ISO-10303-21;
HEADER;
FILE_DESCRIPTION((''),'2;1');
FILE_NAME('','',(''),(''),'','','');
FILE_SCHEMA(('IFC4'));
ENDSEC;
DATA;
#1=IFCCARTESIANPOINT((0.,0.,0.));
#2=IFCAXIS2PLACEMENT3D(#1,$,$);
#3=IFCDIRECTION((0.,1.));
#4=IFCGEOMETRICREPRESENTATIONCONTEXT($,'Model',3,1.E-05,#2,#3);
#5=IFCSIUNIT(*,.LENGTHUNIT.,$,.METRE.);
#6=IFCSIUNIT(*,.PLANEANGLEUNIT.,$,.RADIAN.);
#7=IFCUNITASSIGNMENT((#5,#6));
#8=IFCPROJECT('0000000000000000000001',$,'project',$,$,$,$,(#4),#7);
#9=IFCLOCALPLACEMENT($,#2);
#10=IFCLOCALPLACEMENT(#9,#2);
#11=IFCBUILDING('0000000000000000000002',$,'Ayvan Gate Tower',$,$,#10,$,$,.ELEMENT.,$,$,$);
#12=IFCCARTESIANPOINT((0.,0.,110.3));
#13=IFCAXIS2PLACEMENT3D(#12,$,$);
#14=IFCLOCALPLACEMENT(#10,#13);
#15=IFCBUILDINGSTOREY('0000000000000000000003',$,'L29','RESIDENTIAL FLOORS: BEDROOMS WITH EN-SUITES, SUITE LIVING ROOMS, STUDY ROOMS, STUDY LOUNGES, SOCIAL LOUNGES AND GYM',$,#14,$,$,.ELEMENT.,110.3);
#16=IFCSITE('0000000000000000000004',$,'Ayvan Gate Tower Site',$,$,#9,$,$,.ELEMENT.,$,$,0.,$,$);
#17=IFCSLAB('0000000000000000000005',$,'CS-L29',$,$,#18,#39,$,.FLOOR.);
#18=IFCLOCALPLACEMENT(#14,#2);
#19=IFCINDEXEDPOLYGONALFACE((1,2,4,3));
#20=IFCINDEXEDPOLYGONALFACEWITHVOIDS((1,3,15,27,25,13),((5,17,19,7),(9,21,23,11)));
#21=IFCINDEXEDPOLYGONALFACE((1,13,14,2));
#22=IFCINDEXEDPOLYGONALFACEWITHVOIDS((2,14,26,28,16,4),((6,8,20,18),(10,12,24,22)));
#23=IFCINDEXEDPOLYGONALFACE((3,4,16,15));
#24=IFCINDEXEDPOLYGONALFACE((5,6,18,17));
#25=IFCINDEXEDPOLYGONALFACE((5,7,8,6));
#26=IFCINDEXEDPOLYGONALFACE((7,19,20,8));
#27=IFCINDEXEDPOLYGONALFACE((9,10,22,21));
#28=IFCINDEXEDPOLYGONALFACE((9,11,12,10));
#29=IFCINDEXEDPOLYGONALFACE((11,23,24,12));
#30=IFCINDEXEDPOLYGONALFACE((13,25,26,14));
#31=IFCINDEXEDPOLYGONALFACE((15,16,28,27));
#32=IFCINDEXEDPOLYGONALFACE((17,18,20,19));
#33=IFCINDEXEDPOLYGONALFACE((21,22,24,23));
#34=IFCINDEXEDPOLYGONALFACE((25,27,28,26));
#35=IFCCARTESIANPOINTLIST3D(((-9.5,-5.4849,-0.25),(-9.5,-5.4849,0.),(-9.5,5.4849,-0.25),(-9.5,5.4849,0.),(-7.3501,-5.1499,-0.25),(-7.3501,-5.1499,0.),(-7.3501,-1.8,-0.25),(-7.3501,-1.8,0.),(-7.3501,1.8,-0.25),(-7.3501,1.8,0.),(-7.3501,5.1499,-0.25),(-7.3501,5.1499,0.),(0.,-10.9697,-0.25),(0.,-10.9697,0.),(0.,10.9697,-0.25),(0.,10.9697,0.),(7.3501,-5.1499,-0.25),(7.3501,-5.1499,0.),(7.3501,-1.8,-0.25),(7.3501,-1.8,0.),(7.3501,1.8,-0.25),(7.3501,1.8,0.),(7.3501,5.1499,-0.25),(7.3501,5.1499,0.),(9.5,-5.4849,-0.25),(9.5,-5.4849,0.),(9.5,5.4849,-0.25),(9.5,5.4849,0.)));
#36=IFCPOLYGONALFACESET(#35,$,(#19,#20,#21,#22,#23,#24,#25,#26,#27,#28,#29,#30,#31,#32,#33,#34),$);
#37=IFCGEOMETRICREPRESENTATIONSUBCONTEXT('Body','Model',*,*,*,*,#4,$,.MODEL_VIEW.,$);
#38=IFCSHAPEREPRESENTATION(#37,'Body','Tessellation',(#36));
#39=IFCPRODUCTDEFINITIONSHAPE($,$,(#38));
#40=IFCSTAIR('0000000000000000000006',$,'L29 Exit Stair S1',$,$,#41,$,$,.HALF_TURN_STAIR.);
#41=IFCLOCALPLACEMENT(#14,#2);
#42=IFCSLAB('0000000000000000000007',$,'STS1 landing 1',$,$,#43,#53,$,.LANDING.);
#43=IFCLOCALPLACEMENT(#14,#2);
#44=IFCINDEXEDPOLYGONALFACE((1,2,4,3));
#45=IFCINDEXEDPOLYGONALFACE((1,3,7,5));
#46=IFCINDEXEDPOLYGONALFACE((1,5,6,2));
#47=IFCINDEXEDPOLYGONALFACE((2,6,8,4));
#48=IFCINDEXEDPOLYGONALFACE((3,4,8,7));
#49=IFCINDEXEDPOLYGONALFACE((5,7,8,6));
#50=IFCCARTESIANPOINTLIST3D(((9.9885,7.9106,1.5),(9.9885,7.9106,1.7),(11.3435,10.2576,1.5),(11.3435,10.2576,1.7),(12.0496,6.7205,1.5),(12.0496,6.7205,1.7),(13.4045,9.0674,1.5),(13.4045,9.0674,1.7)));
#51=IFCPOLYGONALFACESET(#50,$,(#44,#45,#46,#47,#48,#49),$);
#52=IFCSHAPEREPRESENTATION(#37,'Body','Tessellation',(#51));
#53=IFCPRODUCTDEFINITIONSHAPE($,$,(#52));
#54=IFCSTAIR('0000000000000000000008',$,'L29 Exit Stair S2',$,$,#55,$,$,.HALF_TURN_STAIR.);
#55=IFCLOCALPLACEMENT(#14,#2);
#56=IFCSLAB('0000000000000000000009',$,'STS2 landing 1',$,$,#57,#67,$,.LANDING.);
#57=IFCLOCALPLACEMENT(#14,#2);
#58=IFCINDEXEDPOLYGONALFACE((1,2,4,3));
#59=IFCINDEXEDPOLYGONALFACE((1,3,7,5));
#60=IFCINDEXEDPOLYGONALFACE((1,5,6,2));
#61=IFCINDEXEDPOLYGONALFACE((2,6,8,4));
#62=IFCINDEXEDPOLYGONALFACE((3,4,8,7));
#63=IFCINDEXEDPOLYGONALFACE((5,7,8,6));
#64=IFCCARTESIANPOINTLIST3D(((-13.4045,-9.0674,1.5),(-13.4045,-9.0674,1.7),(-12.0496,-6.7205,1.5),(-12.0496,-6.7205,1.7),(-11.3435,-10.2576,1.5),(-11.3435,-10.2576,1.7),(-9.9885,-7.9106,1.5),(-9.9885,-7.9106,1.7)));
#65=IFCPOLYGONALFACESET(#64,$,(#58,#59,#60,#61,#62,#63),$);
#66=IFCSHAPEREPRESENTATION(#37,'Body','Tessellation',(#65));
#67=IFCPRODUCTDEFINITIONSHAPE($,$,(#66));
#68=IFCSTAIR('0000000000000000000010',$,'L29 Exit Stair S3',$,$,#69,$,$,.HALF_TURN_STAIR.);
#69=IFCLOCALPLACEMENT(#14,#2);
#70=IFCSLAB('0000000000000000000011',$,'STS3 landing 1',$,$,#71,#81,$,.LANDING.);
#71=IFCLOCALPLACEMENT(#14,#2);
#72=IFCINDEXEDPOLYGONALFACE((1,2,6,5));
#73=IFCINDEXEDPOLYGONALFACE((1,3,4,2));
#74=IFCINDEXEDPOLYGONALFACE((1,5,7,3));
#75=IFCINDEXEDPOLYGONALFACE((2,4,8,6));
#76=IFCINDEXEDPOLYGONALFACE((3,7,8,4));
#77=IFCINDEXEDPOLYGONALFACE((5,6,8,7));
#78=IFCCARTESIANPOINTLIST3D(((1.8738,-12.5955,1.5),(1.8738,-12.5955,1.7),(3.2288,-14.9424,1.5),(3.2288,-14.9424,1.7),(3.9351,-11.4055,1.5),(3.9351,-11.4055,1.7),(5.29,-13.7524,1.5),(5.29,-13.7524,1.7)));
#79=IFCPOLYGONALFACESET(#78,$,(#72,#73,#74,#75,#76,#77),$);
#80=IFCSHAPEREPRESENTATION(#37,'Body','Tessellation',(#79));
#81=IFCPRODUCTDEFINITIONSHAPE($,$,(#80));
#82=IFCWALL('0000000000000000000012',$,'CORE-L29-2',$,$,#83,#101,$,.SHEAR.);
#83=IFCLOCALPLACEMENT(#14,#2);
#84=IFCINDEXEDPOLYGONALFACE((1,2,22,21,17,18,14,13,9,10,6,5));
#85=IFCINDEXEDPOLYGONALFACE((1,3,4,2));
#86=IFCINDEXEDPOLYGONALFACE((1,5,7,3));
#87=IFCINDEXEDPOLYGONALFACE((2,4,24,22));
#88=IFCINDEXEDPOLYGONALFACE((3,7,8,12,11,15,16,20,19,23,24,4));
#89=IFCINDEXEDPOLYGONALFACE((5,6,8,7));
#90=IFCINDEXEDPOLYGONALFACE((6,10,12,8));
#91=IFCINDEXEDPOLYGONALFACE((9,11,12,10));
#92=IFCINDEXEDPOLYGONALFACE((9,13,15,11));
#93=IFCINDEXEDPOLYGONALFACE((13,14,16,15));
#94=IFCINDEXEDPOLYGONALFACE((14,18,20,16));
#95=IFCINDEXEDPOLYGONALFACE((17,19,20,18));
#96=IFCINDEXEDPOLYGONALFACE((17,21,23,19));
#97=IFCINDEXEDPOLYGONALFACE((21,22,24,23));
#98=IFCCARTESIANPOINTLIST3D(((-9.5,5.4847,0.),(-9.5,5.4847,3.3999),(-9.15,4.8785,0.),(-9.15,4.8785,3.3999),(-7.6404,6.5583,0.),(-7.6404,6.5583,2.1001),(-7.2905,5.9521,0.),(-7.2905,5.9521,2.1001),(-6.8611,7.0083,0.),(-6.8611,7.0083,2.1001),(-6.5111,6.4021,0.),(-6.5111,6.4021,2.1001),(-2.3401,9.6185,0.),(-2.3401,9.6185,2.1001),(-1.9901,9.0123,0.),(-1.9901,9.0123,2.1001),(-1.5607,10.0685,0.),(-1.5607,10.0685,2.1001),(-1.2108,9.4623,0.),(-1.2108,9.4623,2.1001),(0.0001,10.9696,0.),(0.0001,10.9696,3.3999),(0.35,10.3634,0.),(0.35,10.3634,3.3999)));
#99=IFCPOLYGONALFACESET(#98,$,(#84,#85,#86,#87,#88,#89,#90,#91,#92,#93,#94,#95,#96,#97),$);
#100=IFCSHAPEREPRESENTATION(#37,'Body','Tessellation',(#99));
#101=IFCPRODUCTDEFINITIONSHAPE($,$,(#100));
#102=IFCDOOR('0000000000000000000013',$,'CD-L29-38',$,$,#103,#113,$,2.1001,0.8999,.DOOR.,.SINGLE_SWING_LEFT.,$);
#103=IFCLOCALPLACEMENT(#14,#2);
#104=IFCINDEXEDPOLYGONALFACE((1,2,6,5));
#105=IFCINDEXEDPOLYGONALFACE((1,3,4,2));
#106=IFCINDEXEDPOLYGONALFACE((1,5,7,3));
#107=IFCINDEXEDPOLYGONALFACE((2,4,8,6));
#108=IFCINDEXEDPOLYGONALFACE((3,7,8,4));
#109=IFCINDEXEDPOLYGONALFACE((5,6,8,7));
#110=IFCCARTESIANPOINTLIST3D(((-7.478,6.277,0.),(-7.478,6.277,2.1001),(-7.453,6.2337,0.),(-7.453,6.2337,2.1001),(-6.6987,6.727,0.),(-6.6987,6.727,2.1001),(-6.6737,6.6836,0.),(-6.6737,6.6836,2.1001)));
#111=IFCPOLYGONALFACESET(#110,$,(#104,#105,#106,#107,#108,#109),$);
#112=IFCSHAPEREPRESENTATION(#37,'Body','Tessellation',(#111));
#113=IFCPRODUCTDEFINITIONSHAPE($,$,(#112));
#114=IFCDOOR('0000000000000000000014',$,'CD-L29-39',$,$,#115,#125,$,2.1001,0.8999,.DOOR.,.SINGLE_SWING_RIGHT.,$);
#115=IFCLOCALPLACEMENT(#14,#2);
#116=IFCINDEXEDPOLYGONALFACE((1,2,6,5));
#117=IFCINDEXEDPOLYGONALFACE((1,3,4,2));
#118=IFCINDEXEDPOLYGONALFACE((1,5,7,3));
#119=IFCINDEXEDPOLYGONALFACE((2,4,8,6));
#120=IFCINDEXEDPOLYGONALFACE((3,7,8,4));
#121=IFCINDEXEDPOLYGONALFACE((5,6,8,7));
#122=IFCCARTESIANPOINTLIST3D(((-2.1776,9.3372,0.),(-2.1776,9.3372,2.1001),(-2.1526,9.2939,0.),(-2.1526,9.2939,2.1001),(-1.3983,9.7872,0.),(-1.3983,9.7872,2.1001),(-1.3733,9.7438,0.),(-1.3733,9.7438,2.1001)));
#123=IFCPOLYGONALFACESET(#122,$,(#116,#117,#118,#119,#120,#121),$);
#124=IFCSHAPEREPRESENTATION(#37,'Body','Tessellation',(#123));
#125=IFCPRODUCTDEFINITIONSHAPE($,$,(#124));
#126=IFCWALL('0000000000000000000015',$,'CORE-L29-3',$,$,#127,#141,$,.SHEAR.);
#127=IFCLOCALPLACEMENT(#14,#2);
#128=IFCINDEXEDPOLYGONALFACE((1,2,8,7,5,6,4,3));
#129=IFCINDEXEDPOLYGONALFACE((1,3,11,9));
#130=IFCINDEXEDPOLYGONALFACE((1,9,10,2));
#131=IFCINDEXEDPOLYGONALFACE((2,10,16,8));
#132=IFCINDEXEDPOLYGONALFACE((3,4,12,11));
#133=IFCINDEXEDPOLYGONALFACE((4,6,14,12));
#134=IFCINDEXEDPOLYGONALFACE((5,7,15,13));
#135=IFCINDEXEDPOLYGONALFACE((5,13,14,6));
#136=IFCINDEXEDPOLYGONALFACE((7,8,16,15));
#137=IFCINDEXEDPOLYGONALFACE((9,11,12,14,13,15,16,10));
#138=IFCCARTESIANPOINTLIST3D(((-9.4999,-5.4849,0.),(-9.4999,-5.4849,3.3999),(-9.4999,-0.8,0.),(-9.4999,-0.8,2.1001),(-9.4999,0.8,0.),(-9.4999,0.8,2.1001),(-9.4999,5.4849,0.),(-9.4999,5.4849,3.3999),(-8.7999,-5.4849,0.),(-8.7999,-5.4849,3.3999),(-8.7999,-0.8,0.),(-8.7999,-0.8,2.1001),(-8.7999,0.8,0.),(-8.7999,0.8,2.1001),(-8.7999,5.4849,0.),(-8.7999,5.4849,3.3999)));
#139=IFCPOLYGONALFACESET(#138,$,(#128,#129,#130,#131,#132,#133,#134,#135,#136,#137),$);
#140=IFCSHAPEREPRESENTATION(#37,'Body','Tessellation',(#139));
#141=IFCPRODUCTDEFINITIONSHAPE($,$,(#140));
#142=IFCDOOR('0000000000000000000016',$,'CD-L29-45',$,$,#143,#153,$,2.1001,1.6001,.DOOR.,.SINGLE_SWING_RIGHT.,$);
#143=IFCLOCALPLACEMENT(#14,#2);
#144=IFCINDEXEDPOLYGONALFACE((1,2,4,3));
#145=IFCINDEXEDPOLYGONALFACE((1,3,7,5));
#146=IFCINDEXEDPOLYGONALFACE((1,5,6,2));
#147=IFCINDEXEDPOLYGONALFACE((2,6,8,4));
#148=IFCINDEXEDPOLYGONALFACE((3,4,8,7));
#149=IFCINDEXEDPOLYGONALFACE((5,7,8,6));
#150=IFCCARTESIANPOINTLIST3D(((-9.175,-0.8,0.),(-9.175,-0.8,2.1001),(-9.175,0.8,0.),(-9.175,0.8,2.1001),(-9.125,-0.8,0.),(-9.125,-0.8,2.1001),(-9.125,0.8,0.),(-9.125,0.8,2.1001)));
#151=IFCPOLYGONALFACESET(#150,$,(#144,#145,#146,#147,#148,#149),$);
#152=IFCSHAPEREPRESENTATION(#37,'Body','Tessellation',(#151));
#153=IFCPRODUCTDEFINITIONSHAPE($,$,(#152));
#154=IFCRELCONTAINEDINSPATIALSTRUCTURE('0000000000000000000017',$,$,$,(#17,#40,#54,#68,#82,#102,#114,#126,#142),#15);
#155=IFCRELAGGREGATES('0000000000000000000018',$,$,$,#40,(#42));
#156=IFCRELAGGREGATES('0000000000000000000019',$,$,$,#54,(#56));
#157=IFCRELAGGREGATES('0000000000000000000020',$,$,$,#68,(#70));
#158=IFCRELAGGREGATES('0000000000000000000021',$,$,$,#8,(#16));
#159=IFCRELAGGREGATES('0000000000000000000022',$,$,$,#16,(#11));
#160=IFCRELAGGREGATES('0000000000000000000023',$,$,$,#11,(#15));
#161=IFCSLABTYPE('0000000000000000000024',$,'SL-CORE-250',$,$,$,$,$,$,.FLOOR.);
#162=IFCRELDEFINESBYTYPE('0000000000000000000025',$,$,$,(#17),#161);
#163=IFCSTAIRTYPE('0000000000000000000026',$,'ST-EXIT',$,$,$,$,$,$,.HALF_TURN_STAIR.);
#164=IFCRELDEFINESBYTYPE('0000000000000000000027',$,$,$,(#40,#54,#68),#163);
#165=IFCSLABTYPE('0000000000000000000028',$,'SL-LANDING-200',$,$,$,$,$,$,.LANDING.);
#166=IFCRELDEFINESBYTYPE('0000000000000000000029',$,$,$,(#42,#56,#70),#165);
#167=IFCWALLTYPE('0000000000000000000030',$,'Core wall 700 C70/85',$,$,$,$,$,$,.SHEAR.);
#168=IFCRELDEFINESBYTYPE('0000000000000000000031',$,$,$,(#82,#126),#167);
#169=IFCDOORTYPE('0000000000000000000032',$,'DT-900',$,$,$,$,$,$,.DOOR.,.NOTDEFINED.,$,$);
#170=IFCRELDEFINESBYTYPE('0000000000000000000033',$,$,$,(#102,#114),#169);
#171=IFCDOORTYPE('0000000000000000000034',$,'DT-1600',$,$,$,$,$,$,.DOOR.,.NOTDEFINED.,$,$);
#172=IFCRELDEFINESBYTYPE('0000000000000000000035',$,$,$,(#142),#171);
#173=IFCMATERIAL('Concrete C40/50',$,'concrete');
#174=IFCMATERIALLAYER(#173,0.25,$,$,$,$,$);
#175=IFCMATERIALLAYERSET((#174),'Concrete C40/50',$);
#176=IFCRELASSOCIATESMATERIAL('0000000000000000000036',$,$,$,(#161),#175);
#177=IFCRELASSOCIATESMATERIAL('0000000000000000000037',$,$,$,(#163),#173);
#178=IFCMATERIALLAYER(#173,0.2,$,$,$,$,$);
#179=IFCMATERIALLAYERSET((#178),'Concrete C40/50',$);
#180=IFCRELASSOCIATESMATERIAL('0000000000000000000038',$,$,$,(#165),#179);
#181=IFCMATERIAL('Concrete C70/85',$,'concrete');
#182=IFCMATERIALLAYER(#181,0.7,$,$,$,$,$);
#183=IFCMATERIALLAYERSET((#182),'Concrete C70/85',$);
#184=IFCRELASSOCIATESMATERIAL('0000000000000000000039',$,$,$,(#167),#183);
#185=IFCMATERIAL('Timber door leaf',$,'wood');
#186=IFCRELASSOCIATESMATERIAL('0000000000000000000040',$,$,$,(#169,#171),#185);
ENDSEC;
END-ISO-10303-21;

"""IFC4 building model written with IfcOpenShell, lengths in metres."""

from ifc_helpers import new_model, si_unit, direction, frame, frame_2d, origin, place, context, subcontext, project, spatial, polyline, rectangle, outline, extrude, material, layer, layer_set, type_object, element, fill, aggregate, save


model = new_model("IFC4")

# Units and contexts
model_context = context("Model", 3, precision=1e-05, world=origin(), true_north=direction((0.0, 1.0)))
body_context = subcontext(model_context, "Body", "Model", "MODEL_VIEW")
ifc_project = project(units=[si_unit("LENGTHUNIT", "METRE"), si_unit("PLANEANGLEUNIT", "RADIAN")], contexts=[model_context])

# Site, building, storey
site_placement = place(None, origin())
site = spatial("IfcSite", under=ifc_project, at=site_placement, Name="Ayvan Gate Tower Site", CompositionType="ELEMENT", RefElevation=0.0)
building_placement = place(site_placement, origin())
building = spatial("IfcBuilding", under=site, at=building_placement, Name="Ayvan Gate Tower", CompositionType="ELEMENT")
storey_placement = place(building_placement, frame((0.0, 0.0, 110.3)))
storey = spatial("IfcBuildingStorey", under=building, at=storey_placement, Name="L29", Description="RESIDENTIAL FLOORS: BEDROOMS WITH EN-SUITES, SUITE LIVING ROOMS, STUDY ROOMS, STUDY LOUNGES, SOCIAL LOUNGES AND GYM", CompositionType="ELEMENT", Elevation=110.3)

# Slab
ifc_material_1 = material(Name="Concrete C40/50", Category="concrete")
ifc_layer_1 = layer(ifc_material_1, 0.25)
ifc_layer_set_1 = layer_set([ifc_layer_1], Name="Concrete C40/50")
slab_type_1 = type_object("IfcSlabType", Name="SL-CORE-250", PredefinedType="FLOOR", material=ifc_layer_set_1)
slab_1_placement = place(storey_placement, frame((0.0, 0.0, -0.25)))
element("IfcSlab", 1, at=slab_1_placement, inside=storey, type_object=slab_type_1, Name="CS-L29", PredefinedType="FLOOR", context=body_context, shape_type="SweptSolid", body=[
    extrude(outline(polyline([(9.5, -5.4849), (0.0, -10.9697), (-9.5, -5.4849), (-9.5, 5.4849), (0.0, 10.9697), (9.5, 5.4849), (9.5, -5.4849)]), holes=[polyline([(-7.3501, -1.8), (-7.3501, -5.1499), (7.3501, -5.1499), (7.3501, -1.8), (-7.3501, -1.8)]), polyline([(-7.3501, 5.1499), (-7.3501, 1.8), (7.3501, 1.8), (7.3501, 5.1499), (-7.3501, 5.1499)])]), origin(), (0.0, 0.0, 1.0), 0.25),
])

# Stairs, slabs
stair_type = type_object("IfcStairType", Name="ST-EXIT", PredefinedType="HALF_TURN_STAIR", material=ifc_material_1)
stair_1_placement = place(storey_placement, origin())
stair_1 = element("IfcStair", 2, at=stair_1_placement, inside=storey, type_object=stair_type, Name="L29 Exit Stair S1", PredefinedType="HALF_TURN_STAIR")
ifc_layer_2 = layer(ifc_material_1, 0.2)
ifc_layer_set_2 = layer_set([ifc_layer_2], Name="Concrete C40/50")
slab_type_2 = type_object("IfcSlabType", Name="SL-LANDING-200", PredefinedType="LANDING", material=ifc_layer_set_2)
slab_2_placement = place(storey_placement, frame((0.0, 0.0, 1.5)))
slab_2 = element("IfcSlab", 3, at=slab_2_placement, type_object=slab_type_2, Name="STS1 landing 1", PredefinedType="LANDING", context=body_context, shape_type="SweptSolid", body=[
    extrude(outline(polyline([(9.9885, 7.9106), (12.0496, 6.7205), (13.4045, 9.0674), (11.3435, 10.2576), (9.9885, 7.9106)])), origin(), (0.0, 0.0, 1.0), 0.2),
])
aggregate(stair_1, [slab_2])
stair_2_placement = place(storey_placement, origin())
stair_2 = element("IfcStair", 4, at=stair_2_placement, inside=storey, type_object=stair_type, Name="L29 Exit Stair S2", PredefinedType="HALF_TURN_STAIR")
slab_3_placement = place(storey_placement, frame((0.0, 0.0, 1.5)))
slab_3 = element("IfcSlab", 5, at=slab_3_placement, type_object=slab_type_2, Name="STS2 landing 1", PredefinedType="LANDING", context=body_context, shape_type="SweptSolid", body=[
    extrude(outline(polyline([(-9.9885, -7.9106), (-12.0496, -6.7205), (-13.4045, -9.0674), (-11.3435, -10.2576), (-9.9885, -7.9106)])), origin(), (0.0, 0.0, 1.0), 0.2),
])
aggregate(stair_2, [slab_3])
stair_3_placement = place(storey_placement, origin())
stair_3 = element("IfcStair", 6, at=stair_3_placement, inside=storey, type_object=stair_type, Name="L29 Exit Stair S3", PredefinedType="HALF_TURN_STAIR")
slab_4_placement = place(storey_placement, frame((0.0, 0.0, 1.5)))
slab_4 = element("IfcSlab", 7, at=slab_4_placement, type_object=slab_type_2, Name="STS3 landing 1", PredefinedType="LANDING", context=body_context, shape_type="SweptSolid", body=[
    extrude(outline(polyline([(3.9351, -11.4055), (1.8738, -12.5955), (3.2288, -14.9424), (5.29, -13.7524), (3.9351, -11.4055)])), origin(), (0.0, 0.0, 1.0), 0.2),
])
aggregate(stair_3, [slab_4])

# Wall, openings, doors
ifc_material_2 = material(Name="Concrete C70/85", Category="concrete")
ifc_layer_3 = layer(ifc_material_2, 0.7)
ifc_layer_set_3 = layer_set([ifc_layer_3], Name="Concrete C70/85")
wall_type_1 = type_object("IfcWallType", Name="Core wall 700 C70/85", PredefinedType="SHEAR", material=ifc_layer_set_3)
wall_1_placement = place(storey_placement, frame((0.175, 10.6665, 0.0), z_axis=(0.0, 0.0, 1.0), x_axis=(-0.866024, -0.500002, 0.0)))
wall_1 = element("IfcWall", 8, at=wall_1_placement, inside=storey, type_object=wall_type_1, Name="CORE-L29-2", PredefinedType="SHEAR", context=body_context, shape_type="SweptSolid", body=[
    extrude(rectangle(XDim=10.9697, YDim=0.7, at=frame_2d((5.4849, 0.0))), origin(), (0.0, 0.0, 1.0), 3.3999),
])
opening_1_placement = place(wall_1_placement, frame((7.9226, 0.0, 0.0)))
opening_1 = element("IfcOpeningElement", 9, at=opening_1_placement, cuts=wall_1, PredefinedType="OPENING", context=body_context, shape_type="SweptSolid", body=[
    extrude(rectangle(XDim=0.8999, YDim=2.1001, at=frame_2d((0.45, 1.05))), frame((0.0, 0.3599, 0.0), z_axis=(0.0, -1.0, 0.0), x_axis=(1.0, 0.0, 0.0)), (0.0, 0.0, 1.0), 0.72),
])
opening_2_placement = place(wall_1_placement, frame((1.8022, 0.0, 0.0)))
opening_2 = element("IfcOpeningElement", 10, at=opening_2_placement, cuts=wall_1, PredefinedType="OPENING", context=body_context, shape_type="SweptSolid", body=[
    extrude(rectangle(XDim=0.8999, YDim=2.1001, at=frame_2d((0.45, 1.05))), frame((0.0, 0.3599, 0.0), z_axis=(0.0, -1.0, 0.0), x_axis=(1.0, 0.0, 0.0)), (0.0, 0.0, 1.0), 0.72),
])
ifc_material_3 = material(Name="Timber door leaf", Category="wood")
door_type_1 = type_object("IfcDoorType", Name="DT-900", OperationType="NOTDEFINED", PredefinedType="DOOR", material=ifc_material_3)
door_1_placement = place(opening_1_placement, origin())
door_1 = element("IfcDoor", 11, at=door_1_placement, inside=storey, type_object=door_type_1, Name="CD-L29-38", OperationType="SINGLE_SWING_LEFT", OverallHeight=2.1001, OverallWidth=0.8999, PredefinedType="DOOR", context=body_context, shape_type="SweptSolid", body=[
    extrude(rectangle(XDim=0.8999, YDim=2.1001, at=frame_2d((0.45, 1.05))), frame((0.0, 0.0249, 0.0), z_axis=(0.0, -1.0, 0.0), x_axis=(1.0, 0.0, 0.0)), (0.0, 0.0, 1.0), 0.05),
])
fill(opening_1, door_1)
door_2_placement = place(opening_2_placement, origin())
door_2 = element("IfcDoor", 12, at=door_2_placement, inside=storey, type_object=door_type_1, Name="CD-L29-39", OperationType="SINGLE_SWING_RIGHT", OverallHeight=2.1001, OverallWidth=0.8999, PredefinedType="DOOR", context=body_context, shape_type="SweptSolid", body=[
    extrude(rectangle(XDim=0.8999, YDim=2.1001, at=frame_2d((0.45, 1.05))), frame((0.0, 0.0249, 0.0), z_axis=(0.0, -1.0, 0.0), x_axis=(1.0, 0.0, 0.0)), (0.0, 0.0, 1.0), 0.05),
])
fill(opening_2, door_2)

# Wall, opening, door
wall_2_placement = place(storey_placement, frame((-9.1499, 5.4849, 0.0), z_axis=(0.0, 0.0, 1.0), x_axis=(0.0, -1.0, 0.0)))
wall_2 = element("IfcWall", 13, at=wall_2_placement, inside=storey, type_object=wall_type_1, Name="CORE-L29-3", PredefinedType="SHEAR", context=body_context, shape_type="SweptSolid", body=[
    extrude(rectangle(XDim=10.9697, YDim=0.7, at=frame_2d((5.4849, 0.0))), origin(), (0.0, 0.0, 1.0), 3.3999),
])
opening_3_placement = place(wall_2_placement, frame((4.6848, 0.0, 0.0)))
opening_3 = element("IfcOpeningElement", 14, at=opening_3_placement, cuts=wall_2, PredefinedType="OPENING", context=body_context, shape_type="SweptSolid", body=[
    extrude(rectangle(XDim=1.6001, YDim=2.1001, at=frame_2d((0.8, 1.05))), frame((0.0, 0.3599, 0.0), z_axis=(0.0, -1.0, 0.0), x_axis=(1.0, 0.0, 0.0)), (0.0, 0.0, 1.0), 0.72),
])
door_type_2 = type_object("IfcDoorType", Name="DT-1600", OperationType="NOTDEFINED", PredefinedType="DOOR", material=ifc_material_3)
door_3_placement = place(opening_3_placement, origin())
door_3 = element("IfcDoor", 15, at=door_3_placement, inside=storey, type_object=door_type_2, Name="CD-L29-45", OperationType="SINGLE_SWING_RIGHT", OverallHeight=2.1001, OverallWidth=1.6001, PredefinedType="DOOR", context=body_context, shape_type="SweptSolid", body=[
    extrude(rectangle(XDim=1.6001, YDim=2.1001, at=frame_2d((0.8, 1.05))), frame((0.0, 0.0249, 0.0), z_axis=(0.0, -1.0, 0.0), x_axis=(1.0, 0.0, 0.0)), (0.0, 0.0, 1.0), 0.05),
])
fill(opening_3, door_3)

save(model, "model.ifc")
